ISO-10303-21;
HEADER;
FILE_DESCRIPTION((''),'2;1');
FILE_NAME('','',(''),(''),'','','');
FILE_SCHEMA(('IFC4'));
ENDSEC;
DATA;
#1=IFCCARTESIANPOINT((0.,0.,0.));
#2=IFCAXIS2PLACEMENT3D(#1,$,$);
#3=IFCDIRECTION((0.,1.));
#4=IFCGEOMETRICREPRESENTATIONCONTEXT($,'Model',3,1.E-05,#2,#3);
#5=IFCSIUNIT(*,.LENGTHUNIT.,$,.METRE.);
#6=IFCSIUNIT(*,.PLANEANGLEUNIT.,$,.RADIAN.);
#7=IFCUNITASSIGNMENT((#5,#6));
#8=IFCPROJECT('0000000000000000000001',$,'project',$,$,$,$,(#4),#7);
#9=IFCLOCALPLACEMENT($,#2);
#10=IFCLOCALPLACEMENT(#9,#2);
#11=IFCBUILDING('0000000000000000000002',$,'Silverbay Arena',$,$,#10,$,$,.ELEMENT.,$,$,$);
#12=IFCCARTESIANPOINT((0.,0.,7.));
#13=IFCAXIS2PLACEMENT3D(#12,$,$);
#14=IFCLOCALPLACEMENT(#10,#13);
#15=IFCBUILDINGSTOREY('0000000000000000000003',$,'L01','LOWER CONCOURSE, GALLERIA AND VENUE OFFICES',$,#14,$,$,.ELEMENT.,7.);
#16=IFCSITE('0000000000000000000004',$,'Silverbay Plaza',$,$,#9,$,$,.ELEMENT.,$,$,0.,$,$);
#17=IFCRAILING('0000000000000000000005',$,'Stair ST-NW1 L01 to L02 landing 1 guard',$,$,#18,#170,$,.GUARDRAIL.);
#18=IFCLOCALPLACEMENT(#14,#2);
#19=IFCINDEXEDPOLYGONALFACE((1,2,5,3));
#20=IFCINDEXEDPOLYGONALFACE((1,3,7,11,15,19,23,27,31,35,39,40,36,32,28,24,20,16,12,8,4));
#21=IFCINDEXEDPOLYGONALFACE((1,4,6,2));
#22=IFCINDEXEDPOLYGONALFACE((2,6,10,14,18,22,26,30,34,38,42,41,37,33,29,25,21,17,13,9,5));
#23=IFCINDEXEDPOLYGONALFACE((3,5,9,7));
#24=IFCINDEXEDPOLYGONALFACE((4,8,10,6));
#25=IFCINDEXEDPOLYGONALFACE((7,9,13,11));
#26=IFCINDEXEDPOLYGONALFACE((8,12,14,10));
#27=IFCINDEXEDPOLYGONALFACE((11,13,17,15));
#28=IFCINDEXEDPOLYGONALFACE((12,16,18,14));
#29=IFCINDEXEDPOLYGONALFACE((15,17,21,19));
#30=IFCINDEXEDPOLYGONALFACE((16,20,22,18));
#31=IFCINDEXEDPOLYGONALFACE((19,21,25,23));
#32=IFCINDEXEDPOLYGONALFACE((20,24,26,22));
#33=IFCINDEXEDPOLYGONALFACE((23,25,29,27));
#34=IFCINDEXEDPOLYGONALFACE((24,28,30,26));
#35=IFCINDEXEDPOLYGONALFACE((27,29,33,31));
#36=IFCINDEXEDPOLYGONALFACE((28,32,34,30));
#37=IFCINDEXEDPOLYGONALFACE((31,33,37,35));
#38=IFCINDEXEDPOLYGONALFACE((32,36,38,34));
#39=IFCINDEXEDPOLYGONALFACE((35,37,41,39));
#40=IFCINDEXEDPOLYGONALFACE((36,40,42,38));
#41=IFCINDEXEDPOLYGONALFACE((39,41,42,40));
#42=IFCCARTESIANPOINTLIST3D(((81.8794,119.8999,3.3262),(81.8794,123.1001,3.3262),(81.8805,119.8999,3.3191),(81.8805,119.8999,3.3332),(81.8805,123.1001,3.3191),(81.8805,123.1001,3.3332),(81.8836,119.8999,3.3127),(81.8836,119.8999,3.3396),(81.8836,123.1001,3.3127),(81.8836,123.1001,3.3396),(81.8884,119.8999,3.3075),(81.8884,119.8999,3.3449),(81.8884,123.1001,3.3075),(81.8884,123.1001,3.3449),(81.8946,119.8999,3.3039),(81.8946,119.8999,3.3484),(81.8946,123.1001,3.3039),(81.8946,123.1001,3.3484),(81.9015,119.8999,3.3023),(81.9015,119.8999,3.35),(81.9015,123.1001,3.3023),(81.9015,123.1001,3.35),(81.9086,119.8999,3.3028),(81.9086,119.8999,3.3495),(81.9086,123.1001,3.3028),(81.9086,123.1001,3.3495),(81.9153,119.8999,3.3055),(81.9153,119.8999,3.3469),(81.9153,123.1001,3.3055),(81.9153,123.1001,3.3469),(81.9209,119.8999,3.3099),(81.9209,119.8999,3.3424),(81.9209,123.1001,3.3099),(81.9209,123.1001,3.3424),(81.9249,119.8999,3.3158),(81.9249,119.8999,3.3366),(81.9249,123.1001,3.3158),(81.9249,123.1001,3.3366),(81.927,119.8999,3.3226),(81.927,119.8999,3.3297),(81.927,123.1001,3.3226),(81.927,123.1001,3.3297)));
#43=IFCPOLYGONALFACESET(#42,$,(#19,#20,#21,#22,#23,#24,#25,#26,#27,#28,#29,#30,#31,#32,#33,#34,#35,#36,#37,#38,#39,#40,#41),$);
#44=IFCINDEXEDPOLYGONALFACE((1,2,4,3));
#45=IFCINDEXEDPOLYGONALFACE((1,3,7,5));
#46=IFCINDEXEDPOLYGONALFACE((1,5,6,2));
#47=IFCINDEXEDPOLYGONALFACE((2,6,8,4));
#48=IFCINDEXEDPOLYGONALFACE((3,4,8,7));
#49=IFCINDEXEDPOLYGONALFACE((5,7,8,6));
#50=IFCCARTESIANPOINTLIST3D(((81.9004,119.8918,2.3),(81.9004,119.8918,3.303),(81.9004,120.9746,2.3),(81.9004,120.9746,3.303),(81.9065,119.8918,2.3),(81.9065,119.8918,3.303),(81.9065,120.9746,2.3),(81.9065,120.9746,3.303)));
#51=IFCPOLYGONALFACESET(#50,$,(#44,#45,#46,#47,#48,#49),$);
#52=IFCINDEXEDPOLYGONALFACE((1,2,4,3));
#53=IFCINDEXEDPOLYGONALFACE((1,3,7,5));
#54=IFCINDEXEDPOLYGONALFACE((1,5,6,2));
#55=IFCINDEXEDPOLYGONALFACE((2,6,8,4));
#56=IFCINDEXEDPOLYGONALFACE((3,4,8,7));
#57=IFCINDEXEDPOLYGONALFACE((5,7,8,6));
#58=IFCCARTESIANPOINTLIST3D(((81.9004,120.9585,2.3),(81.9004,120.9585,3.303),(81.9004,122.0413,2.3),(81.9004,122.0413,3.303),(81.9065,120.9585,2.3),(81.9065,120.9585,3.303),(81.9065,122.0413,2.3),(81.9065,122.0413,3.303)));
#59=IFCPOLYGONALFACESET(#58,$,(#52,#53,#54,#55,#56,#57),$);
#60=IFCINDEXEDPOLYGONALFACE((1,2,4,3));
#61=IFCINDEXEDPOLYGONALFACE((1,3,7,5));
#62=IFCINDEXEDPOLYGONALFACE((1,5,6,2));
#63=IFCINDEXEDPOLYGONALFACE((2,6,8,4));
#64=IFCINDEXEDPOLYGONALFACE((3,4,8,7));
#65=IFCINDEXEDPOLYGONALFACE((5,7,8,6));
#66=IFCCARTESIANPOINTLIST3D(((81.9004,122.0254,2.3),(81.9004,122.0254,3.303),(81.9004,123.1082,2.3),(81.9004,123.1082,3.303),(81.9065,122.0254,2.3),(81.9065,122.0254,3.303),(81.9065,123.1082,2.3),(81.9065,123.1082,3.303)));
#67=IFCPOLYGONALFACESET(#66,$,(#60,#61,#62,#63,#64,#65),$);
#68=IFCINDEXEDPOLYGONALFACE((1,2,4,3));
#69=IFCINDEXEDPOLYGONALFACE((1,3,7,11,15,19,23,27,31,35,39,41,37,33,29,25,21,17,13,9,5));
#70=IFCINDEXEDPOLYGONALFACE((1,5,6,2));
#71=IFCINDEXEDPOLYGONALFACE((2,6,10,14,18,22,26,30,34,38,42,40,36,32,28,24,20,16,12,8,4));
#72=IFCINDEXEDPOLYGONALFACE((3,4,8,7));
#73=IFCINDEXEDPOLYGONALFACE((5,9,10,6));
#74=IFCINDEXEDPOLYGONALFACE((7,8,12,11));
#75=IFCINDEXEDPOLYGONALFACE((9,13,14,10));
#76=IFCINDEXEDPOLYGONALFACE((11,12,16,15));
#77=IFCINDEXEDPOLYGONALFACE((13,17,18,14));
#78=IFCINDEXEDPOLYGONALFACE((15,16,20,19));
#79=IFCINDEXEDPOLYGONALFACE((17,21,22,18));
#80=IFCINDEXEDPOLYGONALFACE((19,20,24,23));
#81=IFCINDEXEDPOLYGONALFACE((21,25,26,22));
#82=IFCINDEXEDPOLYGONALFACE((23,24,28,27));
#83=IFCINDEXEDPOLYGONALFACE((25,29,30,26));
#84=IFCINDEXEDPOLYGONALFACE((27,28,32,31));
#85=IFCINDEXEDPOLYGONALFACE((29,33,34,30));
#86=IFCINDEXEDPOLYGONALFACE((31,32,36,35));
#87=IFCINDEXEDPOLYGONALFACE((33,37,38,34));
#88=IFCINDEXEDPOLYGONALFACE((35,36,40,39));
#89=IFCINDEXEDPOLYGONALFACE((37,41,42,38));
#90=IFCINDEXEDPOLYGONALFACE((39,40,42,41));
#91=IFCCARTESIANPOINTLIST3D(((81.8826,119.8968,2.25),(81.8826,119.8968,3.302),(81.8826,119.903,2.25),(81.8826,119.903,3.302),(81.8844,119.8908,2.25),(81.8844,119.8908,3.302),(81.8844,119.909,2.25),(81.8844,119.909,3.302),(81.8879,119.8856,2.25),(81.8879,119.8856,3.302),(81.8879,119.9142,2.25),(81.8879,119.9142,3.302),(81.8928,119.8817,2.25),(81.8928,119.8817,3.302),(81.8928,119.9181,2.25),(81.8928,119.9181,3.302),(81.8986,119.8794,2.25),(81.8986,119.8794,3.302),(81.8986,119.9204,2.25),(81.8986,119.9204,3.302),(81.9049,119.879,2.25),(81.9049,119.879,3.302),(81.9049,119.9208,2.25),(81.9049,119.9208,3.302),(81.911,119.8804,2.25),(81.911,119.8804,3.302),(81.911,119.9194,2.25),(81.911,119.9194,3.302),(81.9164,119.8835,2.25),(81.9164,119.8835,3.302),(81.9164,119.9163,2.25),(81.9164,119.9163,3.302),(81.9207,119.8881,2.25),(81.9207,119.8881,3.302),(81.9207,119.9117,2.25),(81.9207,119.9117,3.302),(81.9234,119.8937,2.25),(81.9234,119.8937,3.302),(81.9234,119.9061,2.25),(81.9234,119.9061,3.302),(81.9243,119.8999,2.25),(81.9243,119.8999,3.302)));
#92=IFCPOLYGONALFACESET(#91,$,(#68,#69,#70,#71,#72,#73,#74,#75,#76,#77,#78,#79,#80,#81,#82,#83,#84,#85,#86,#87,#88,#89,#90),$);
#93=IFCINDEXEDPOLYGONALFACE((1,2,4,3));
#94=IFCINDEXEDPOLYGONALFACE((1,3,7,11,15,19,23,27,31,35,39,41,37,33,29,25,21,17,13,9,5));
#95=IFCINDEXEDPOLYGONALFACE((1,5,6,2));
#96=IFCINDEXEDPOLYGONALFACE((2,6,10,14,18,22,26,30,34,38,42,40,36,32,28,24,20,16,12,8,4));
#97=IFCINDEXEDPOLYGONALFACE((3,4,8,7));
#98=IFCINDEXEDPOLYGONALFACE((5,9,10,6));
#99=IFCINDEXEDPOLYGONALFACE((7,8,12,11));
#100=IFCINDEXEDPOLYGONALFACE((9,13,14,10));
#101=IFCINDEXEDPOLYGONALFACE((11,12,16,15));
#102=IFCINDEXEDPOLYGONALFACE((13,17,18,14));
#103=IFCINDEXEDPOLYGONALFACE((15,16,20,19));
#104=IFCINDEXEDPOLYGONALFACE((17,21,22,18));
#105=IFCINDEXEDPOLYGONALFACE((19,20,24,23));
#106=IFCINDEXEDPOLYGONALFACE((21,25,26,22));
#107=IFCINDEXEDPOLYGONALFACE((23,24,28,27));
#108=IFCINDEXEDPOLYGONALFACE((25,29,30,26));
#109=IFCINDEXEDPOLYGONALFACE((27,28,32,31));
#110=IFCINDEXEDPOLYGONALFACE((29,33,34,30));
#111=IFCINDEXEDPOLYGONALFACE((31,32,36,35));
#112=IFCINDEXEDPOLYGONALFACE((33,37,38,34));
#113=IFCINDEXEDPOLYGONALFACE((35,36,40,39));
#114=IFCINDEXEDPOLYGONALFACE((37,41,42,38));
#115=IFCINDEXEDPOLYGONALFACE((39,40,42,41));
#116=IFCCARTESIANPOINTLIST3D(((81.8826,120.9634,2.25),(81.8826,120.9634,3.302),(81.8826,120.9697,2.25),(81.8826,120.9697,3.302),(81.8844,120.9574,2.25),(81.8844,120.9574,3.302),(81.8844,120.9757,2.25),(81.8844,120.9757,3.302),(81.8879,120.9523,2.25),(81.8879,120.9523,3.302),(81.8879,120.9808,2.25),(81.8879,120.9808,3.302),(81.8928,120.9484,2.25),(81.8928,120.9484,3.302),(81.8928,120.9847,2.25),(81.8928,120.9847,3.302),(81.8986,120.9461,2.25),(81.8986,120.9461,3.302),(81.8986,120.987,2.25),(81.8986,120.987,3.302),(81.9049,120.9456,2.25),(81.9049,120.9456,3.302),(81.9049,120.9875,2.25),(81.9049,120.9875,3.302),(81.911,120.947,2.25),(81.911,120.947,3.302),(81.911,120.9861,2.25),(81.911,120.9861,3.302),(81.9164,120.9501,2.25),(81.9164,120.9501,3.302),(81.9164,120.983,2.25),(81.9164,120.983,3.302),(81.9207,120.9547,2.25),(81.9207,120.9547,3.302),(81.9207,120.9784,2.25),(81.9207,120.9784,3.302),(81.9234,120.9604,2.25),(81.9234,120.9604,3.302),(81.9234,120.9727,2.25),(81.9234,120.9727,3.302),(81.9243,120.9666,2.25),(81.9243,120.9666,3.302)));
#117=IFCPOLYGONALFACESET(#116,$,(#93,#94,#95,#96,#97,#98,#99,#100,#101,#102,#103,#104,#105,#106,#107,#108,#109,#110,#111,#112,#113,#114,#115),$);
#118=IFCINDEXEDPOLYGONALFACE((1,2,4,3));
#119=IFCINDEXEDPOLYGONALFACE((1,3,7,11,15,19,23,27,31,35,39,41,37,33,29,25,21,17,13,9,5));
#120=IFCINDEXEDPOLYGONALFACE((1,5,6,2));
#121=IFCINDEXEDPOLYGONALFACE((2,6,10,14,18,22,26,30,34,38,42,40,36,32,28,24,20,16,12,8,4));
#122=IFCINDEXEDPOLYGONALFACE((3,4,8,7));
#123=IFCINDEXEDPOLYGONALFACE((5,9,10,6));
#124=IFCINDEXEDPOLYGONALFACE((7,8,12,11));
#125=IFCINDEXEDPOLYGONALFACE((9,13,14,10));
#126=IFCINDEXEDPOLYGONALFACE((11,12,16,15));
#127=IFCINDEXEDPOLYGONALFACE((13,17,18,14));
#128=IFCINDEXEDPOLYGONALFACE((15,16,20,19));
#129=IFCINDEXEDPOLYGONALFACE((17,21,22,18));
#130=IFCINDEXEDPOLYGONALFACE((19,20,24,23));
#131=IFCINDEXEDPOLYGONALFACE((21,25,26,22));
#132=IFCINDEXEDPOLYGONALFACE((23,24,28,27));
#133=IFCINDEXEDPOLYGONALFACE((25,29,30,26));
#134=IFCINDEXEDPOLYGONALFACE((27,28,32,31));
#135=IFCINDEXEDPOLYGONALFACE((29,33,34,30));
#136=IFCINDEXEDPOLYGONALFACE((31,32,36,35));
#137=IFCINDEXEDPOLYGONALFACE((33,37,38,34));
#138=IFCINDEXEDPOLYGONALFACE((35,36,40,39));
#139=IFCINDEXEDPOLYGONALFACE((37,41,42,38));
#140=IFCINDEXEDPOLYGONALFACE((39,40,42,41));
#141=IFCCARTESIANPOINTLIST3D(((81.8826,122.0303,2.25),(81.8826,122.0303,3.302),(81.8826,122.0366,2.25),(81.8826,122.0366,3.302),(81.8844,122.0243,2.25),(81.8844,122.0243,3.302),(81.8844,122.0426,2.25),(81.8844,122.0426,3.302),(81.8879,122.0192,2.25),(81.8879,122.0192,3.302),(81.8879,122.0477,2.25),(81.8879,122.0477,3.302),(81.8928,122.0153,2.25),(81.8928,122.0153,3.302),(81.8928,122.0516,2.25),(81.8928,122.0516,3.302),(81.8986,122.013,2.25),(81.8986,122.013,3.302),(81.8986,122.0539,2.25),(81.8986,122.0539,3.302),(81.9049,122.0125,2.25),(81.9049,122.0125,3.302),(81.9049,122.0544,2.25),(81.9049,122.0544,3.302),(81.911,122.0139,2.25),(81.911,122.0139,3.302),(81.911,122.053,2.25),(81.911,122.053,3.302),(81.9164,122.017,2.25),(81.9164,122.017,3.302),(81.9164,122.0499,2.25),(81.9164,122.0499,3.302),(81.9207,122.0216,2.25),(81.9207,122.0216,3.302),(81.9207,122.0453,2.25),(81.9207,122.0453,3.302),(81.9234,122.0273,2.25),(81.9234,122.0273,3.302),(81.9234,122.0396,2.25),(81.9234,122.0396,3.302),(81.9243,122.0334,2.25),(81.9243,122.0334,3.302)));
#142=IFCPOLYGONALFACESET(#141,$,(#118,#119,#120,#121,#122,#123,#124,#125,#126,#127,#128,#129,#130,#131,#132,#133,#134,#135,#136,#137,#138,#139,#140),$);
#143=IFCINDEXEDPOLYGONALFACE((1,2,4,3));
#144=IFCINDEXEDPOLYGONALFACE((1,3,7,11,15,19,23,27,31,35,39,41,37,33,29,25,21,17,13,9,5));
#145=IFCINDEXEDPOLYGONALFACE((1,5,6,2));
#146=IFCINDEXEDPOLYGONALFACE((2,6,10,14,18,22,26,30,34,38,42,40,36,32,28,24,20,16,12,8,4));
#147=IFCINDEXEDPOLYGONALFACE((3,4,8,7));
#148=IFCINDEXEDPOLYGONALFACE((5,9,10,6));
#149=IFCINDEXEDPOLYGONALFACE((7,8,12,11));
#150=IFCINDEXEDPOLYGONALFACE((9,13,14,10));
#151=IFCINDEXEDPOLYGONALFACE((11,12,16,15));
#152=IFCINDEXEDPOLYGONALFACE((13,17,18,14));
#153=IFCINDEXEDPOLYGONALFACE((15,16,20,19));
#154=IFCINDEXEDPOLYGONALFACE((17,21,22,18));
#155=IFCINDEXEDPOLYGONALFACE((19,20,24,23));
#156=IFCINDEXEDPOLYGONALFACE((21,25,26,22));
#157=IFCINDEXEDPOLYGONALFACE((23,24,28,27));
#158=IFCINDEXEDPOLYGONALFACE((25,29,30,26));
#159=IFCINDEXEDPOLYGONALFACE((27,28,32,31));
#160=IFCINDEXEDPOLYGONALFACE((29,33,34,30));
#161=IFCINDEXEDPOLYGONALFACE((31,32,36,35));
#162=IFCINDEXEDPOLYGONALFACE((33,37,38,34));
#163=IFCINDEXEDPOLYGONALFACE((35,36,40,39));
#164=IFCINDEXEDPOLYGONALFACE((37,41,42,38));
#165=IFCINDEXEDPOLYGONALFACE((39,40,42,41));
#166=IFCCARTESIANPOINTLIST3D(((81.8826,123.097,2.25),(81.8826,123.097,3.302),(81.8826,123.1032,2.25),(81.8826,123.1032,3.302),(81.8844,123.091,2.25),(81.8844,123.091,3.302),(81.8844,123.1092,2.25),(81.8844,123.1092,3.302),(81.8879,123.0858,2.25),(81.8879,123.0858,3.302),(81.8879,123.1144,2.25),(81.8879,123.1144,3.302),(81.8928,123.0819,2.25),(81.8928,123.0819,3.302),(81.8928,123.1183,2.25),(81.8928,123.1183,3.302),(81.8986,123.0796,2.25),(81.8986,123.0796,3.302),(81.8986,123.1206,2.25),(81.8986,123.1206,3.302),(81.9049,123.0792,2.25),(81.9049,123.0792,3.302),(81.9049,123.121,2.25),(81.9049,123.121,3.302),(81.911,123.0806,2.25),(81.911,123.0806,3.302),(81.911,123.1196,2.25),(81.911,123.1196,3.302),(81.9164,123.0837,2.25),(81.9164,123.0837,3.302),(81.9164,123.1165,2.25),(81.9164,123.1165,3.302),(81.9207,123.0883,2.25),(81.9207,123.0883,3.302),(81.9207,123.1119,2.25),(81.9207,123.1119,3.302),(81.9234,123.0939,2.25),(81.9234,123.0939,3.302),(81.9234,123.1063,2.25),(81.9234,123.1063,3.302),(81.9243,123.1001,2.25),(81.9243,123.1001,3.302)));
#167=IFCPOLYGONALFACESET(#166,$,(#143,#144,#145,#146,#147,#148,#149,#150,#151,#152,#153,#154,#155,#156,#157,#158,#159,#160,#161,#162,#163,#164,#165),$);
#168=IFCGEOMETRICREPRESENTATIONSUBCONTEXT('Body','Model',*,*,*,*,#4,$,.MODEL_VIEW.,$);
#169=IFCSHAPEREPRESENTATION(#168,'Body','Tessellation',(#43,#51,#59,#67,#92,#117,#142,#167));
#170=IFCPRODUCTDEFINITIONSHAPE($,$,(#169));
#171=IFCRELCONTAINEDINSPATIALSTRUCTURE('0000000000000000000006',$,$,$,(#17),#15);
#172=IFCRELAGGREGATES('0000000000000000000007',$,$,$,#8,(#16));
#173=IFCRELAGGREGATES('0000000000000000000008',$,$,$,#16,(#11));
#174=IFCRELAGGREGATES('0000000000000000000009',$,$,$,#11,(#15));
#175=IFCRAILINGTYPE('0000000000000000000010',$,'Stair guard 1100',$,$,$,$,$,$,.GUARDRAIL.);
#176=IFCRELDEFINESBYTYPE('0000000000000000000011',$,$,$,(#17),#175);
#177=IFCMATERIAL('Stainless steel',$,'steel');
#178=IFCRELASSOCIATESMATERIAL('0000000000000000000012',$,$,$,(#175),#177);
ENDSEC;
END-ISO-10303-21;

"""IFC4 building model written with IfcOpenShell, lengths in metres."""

from ifc_helpers import new_model, si_unit, direction, frame, origin, origin_2d, place, context, subcontext, project, spatial, polyline, circle, outline, extrude, material, type_object, element, save


model = new_model("IFC4")

# Units and contexts
model_context = context("Model", 3, precision=1e-05, world=origin(), true_north=direction((0.0, 1.0)))
body_context = subcontext(model_context, "Body", "Model", "MODEL_VIEW")
ifc_project = project(units=[si_unit("LENGTHUNIT", "METRE"), si_unit("PLANEANGLEUNIT", "RADIAN")], contexts=[model_context])

# Site, building, storey
site_placement = place(None, origin())
site = spatial("IfcSite", under=ifc_project, at=site_placement, Name="Silverbay Plaza", CompositionType="ELEMENT", RefElevation=0.0)
building_placement = place(site_placement, origin())
building = spatial("IfcBuilding", under=site, at=building_placement, Name="Silverbay Arena", CompositionType="ELEMENT")
storey_placement = place(building_placement, frame((0.0, 0.0, 7.0)))
storey = spatial("IfcBuildingStorey", under=building, at=storey_placement, Name="L01", Description="LOWER CONCOURSE, GALLERIA AND VENUE OFFICES", CompositionType="ELEMENT", Elevation=7.0)

# Railing
ifc_material_1 = material(Name="Stainless steel", Category="steel")
railing_type_1 = type_object("IfcRailingType", Name="Stair guard 1100", PredefinedType="GUARDRAIL", material=ifc_material_1)
for number, where, name in (
    (1, (81.9033, 119.8999, 2.25), "Stair ST-NW1 L01 to L02 landing 1 guard"),
):
    element("IfcRailing", number, at=place(storey_placement, frame(where)), inside=storey, type_object=railing_type_1, Name=name, PredefinedType="GUARDRAIL", context=body_context, shape_type="SweptSolid", body=[
        extrude(circle(Radius=0.0239, at=origin_2d()), frame((0.0, 0.0, 1.0762), z_axis=(0.0, 1.0, 0.0), x_axis=(-1.0, 0.0, 0.0)), (0.0, 0.0, 1.0), 3.2002),
        extrude(outline(polyline([(-0.0081, 0.05), (1.0747, 0.05), (1.0747, 1.053), (-0.0081, 1.053), (-0.0081, 0.05)])), frame((-0.0029, 0.0, 0.0), z_axis=(1.0, 0.0, 0.0), x_axis=(0.0, 1.0, 0.0)), (0.0, 0.0, 1.0), 0.0061),
        extrude(outline(polyline([(-0.0081, 0.05), (1.0747, 0.05), (1.0747, 1.053), (-0.0081, 1.053), (-0.0081, 0.05)])), frame((-0.0029, 1.0667, 0.0), z_axis=(1.0, 0.0, 0.0), x_axis=(0.0, 1.0, 0.0)), (0.0, 0.0, 1.0), 0.0061),
        extrude(outline(polyline([(-0.0081, 0.05), (1.0747, 0.05), (1.0747, 1.053), (-0.0081, 1.053), (-0.0081, 0.05)])), frame((-0.0029, 2.1335, 0.0), z_axis=(1.0, 0.0, 0.0), x_axis=(0.0, 1.0, 0.0)), (0.0, 0.0, 1.0), 0.0061),
        extrude(circle(Radius=0.021, at=origin_2d()), origin(), (0.0, 0.0, 1.0), 1.052),
        extrude(circle(Radius=0.021, at=origin_2d()), frame((0.0, 1.0667, 0.0)), (0.0, 0.0, 1.0), 1.052),
        extrude(circle(Radius=0.021, at=origin_2d()), frame((0.0, 2.1335, 0.0)), (0.0, 0.0, 1.0), 1.052),
        extrude(circle(Radius=0.021, at=origin_2d()), frame((0.0, 3.2002, 0.0)), (0.0, 0.0, 1.0), 1.052),
    ])

save(model, "model.ifc")
